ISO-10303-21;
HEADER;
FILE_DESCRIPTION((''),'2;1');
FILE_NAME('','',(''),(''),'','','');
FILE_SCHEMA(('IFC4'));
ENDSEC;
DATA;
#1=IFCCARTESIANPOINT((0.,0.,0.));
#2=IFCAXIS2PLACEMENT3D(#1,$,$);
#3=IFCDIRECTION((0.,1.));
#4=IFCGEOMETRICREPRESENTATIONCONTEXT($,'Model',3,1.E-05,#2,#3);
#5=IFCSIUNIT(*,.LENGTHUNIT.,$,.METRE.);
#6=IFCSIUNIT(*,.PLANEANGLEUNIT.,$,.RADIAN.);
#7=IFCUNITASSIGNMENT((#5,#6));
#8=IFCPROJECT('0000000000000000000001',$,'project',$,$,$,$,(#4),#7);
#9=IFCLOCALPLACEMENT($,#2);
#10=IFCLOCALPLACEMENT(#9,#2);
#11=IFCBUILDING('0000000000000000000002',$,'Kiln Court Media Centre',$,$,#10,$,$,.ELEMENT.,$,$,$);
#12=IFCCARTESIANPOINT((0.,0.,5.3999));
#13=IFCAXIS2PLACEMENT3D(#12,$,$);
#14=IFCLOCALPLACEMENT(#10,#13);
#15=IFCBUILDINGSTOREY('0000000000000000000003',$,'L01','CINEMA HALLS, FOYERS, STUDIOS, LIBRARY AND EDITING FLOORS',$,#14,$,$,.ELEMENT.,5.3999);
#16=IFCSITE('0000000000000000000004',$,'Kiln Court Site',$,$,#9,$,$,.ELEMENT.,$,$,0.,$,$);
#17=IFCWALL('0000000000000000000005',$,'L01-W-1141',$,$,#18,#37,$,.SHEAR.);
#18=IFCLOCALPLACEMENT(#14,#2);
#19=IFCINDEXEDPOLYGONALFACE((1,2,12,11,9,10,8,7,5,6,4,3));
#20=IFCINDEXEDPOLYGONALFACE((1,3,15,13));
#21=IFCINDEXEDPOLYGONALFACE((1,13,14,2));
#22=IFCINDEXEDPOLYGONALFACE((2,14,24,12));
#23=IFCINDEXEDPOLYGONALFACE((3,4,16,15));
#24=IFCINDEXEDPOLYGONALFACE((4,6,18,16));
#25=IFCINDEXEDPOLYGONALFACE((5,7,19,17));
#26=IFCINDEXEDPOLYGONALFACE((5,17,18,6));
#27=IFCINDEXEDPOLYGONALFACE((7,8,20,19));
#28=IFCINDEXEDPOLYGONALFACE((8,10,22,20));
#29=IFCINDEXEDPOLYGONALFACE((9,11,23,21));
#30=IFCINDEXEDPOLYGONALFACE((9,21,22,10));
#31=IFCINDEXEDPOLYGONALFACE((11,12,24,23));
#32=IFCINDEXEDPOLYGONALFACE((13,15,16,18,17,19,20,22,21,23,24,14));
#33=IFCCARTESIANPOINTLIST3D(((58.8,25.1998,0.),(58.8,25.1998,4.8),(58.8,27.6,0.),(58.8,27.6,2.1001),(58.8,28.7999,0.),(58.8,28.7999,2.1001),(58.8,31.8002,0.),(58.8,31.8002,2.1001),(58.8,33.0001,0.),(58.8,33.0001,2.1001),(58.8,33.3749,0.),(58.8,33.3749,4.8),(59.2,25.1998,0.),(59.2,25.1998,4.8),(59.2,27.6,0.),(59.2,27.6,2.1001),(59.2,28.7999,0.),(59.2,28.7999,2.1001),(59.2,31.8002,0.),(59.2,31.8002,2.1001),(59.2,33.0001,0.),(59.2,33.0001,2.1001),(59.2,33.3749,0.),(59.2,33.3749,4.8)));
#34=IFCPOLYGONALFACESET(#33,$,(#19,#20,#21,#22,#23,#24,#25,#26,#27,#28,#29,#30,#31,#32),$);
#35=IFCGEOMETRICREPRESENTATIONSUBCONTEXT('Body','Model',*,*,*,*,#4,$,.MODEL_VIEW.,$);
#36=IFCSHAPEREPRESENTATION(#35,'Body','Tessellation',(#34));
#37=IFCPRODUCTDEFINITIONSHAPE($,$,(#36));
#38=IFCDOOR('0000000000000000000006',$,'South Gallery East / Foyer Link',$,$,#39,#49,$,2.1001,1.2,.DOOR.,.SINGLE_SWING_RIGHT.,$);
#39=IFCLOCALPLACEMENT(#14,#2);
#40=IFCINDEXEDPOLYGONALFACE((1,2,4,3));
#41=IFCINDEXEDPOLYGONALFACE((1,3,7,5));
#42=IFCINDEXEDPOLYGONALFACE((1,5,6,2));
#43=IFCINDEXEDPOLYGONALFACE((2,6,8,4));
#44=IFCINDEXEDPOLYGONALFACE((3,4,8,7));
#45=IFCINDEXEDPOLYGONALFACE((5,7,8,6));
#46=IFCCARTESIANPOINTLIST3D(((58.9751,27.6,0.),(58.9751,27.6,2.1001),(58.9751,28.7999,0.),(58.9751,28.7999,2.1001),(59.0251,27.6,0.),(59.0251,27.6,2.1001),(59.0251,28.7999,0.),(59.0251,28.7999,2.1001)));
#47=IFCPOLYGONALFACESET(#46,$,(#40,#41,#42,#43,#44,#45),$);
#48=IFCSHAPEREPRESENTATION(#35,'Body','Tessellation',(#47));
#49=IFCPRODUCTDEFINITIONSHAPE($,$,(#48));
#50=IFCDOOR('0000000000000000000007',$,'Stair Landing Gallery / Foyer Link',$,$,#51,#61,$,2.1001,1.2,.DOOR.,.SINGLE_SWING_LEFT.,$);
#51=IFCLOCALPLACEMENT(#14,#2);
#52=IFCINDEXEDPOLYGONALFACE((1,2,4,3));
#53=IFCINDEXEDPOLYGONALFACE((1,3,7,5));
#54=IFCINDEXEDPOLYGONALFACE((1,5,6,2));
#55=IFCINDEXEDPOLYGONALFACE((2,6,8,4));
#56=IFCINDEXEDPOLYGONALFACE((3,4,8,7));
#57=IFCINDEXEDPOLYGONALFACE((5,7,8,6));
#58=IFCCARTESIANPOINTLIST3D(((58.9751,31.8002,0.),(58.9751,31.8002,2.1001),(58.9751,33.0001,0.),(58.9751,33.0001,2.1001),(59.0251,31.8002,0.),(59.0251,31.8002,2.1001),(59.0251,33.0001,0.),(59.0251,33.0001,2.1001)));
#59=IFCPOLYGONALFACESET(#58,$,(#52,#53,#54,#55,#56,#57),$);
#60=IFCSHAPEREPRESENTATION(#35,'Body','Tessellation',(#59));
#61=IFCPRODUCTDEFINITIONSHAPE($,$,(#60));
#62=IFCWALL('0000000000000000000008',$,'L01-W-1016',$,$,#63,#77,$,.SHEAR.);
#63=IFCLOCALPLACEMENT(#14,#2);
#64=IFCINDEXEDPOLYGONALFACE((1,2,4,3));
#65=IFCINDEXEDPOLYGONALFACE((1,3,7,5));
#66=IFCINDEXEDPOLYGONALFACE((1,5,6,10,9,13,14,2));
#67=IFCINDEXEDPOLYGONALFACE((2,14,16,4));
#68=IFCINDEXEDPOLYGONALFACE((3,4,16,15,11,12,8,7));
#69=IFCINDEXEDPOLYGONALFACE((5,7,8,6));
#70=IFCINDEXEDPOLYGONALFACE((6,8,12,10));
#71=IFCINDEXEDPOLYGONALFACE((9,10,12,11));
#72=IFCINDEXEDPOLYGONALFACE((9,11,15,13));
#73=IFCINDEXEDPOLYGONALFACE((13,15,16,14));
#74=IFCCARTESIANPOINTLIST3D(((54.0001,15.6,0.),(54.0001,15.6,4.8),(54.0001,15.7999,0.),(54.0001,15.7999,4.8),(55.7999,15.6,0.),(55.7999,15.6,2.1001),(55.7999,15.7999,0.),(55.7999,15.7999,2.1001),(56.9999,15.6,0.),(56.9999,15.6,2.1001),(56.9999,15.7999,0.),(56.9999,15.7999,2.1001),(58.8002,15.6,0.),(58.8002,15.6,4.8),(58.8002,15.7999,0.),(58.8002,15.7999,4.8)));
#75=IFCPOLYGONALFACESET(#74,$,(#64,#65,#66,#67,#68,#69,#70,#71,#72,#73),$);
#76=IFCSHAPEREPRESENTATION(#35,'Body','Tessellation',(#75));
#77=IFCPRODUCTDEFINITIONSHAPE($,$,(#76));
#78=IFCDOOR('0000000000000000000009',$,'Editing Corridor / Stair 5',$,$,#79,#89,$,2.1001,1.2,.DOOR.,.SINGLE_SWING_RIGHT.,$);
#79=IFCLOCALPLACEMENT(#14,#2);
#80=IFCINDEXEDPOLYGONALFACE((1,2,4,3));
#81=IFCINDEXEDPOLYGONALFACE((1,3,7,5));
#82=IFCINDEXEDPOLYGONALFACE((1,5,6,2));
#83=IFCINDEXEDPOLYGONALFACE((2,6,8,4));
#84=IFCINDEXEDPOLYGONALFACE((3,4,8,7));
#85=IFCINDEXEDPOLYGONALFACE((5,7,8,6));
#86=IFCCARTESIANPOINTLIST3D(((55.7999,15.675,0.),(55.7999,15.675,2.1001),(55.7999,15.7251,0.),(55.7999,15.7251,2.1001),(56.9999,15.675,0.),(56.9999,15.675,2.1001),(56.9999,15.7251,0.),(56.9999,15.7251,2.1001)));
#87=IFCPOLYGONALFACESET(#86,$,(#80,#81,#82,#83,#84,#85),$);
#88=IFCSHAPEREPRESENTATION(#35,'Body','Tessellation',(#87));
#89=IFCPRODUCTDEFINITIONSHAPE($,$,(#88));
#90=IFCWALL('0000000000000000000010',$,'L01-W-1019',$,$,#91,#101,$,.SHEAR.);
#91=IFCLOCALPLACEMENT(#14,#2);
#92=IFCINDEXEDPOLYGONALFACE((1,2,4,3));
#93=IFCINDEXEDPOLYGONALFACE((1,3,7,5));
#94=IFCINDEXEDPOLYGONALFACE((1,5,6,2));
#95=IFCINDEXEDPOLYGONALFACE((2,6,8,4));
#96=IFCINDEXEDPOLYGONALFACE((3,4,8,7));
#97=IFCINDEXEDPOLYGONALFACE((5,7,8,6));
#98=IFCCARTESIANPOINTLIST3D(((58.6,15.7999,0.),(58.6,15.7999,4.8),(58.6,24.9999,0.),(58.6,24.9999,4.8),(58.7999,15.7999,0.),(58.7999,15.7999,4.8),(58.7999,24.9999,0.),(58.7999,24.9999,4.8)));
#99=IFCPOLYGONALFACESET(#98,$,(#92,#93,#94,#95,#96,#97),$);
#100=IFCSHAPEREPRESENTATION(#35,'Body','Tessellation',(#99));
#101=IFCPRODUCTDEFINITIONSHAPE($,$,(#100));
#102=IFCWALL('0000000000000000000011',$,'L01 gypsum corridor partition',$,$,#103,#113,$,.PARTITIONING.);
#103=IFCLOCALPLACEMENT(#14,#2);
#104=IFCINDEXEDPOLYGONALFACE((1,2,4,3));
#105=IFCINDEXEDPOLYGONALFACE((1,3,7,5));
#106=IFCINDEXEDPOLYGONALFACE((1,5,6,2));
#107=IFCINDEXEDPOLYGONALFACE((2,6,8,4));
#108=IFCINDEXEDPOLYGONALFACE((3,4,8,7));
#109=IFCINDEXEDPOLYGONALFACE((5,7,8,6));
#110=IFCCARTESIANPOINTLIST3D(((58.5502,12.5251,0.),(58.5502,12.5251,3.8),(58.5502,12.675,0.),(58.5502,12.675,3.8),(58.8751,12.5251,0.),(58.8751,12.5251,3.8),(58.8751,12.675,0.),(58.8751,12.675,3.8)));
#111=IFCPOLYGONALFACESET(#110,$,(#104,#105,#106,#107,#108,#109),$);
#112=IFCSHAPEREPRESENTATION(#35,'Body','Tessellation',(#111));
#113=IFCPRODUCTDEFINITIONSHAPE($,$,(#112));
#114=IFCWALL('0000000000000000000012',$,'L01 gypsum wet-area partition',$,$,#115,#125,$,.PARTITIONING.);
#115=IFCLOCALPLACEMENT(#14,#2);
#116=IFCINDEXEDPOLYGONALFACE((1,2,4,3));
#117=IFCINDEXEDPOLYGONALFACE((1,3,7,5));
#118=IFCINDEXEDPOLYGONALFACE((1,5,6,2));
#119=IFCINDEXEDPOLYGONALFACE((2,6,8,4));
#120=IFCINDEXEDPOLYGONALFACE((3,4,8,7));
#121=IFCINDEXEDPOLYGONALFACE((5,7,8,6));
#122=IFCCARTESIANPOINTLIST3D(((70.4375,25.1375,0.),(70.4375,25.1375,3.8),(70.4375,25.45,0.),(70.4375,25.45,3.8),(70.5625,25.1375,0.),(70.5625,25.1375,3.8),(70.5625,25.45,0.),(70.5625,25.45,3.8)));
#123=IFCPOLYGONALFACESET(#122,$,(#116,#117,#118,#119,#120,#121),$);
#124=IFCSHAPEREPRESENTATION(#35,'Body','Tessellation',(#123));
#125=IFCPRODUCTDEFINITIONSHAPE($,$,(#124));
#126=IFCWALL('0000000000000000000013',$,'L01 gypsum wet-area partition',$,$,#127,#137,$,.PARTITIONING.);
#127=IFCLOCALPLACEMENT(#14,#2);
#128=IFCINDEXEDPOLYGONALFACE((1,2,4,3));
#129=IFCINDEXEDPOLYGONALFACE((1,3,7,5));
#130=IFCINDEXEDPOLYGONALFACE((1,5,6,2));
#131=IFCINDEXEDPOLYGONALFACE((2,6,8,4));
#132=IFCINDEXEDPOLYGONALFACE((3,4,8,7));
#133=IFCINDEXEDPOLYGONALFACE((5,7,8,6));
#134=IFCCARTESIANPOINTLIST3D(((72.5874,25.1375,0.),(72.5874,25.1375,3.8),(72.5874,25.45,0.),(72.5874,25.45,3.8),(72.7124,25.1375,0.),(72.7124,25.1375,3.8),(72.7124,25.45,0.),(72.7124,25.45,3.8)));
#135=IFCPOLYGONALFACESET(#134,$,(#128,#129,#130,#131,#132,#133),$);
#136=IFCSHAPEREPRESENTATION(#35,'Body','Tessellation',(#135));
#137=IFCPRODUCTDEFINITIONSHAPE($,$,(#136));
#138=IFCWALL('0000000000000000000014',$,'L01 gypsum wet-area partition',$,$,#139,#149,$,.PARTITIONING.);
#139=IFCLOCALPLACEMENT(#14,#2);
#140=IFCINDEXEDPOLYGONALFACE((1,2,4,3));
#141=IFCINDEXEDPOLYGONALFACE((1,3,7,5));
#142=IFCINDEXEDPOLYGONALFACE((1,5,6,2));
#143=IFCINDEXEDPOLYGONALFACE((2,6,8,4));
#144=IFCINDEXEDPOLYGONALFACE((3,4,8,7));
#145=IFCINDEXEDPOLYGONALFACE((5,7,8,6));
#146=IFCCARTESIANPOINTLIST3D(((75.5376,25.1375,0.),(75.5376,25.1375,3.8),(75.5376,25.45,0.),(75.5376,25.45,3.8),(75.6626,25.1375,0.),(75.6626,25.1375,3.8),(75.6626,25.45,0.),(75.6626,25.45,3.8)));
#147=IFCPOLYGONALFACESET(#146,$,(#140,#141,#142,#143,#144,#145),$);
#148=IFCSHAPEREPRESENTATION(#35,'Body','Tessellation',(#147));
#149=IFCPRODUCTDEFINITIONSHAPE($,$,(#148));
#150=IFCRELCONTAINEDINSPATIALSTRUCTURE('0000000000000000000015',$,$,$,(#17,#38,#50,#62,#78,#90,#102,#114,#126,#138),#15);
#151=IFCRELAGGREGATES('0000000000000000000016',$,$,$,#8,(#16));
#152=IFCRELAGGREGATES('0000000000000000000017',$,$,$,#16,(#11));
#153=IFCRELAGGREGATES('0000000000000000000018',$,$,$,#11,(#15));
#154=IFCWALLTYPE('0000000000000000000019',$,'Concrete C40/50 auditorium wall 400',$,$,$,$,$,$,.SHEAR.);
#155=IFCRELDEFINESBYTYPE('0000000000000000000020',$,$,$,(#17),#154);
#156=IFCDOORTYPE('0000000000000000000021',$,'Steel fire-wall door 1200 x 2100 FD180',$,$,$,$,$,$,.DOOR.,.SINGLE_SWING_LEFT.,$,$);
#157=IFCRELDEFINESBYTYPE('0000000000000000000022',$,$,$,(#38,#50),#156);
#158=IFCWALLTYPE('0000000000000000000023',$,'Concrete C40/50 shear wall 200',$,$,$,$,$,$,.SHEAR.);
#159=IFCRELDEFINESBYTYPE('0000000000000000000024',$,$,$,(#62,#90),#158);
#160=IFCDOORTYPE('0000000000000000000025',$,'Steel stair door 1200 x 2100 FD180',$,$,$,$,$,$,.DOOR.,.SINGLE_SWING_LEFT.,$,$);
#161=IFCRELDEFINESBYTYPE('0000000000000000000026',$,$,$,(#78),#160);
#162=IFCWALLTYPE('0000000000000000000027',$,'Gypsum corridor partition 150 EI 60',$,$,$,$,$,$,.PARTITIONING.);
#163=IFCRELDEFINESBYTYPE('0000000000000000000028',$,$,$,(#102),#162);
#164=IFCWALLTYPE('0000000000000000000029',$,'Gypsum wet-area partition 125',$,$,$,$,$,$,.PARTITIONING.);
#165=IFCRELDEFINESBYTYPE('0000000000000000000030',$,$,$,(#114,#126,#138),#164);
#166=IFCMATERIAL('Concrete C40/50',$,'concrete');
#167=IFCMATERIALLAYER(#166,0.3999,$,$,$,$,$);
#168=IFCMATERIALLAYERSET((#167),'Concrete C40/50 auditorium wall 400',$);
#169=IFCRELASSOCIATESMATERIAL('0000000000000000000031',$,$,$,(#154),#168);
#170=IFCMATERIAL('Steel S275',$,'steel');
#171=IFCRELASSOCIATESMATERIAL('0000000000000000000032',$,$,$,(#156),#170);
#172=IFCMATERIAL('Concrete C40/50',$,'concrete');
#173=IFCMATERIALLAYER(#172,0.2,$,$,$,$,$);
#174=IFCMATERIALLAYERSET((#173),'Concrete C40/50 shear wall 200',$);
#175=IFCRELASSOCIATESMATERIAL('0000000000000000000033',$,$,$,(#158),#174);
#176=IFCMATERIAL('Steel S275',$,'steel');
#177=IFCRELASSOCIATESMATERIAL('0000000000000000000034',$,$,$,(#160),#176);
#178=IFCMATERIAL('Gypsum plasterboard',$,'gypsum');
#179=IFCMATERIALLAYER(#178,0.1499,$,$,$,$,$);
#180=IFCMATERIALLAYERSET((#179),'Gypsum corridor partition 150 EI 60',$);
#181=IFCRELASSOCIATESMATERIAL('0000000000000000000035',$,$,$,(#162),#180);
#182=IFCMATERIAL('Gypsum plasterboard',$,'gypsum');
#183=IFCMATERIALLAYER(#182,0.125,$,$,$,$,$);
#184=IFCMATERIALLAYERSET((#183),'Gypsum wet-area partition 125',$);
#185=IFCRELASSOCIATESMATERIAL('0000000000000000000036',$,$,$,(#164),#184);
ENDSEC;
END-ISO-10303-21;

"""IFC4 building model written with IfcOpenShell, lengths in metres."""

from ifc_helpers import new_model, si_unit, direction, frame, frame_2d, origin, place, context, subcontext, project, spatial, rectangle, extrude, material, layer, layer_set, type_object, element, fill, save


model = new_model("IFC4")

# Units and contexts
model_context = context("Model", 3, precision=1e-05, world=origin(), true_north=direction((0.0, 1.0)))
body_context = subcontext(model_context, "Body", "Model", "MODEL_VIEW")
ifc_project = project(units=[si_unit("LENGTHUNIT", "METRE"), si_unit("PLANEANGLEUNIT", "RADIAN")], contexts=[model_context])

# Site, building, storey
site_placement = place(None, origin())
site = spatial("IfcSite", under=ifc_project, at=site_placement, Name="Kiln Court Site", CompositionType="ELEMENT", RefElevation=0.0)
building_placement = place(site_placement, origin())
building = spatial("IfcBuilding", under=site, at=building_placement, Name="Kiln Court Media Centre", CompositionType="ELEMENT")
storey_placement = place(building_placement, frame((0.0, 0.0, 5.3999)))
storey = spatial("IfcBuildingStorey", under=building, at=storey_placement, Name="L01", Description="CINEMA HALLS, FOYERS, STUDIOS, LIBRARY AND EDITING FLOORS", CompositionType="ELEMENT", Elevation=5.3999)

# Wall, openings, doors
ifc_material_1 = material(Name="Concrete C40/50", Category="concrete")
ifc_layer_1 = layer(ifc_material_1, 0.3999)
ifc_layer_set_1 = layer_set([ifc_layer_1], Name="Concrete C40/50 auditorium wall 400")
wall_type_1 = type_object("IfcWallType", Name="Concrete C40/50 auditorium wall 400", PredefinedType="SHEAR", material=ifc_layer_set_1)
wall_1_placement = place(storey_placement, frame((59.0, 25.2, 0.0), z_axis=(0.0, 0.0, 1.0), x_axis=(0.0, 1.0, 0.0)))
wall_1 = element("IfcWall", 1, at=wall_1_placement, inside=storey, type_object=wall_type_1, Name="L01-W-1141", PredefinedType="SHEAR", context=body_context, shape_type="SweptSolid", body=[
    extrude(rectangle(XDim=8.175, YDim=0.3999, at=frame_2d((4.0874, 0.0))), origin(), (0.0, 0.0, 1.0), 4.8),
])
opening_1_placement = place(wall_1_placement, frame((2.3999, 0.0, 0.0)))
opening_1 = element("IfcOpeningElement", 2, at=opening_1_placement, cuts=wall_1, PredefinedType="OPENING", context=body_context, shape_type="SweptSolid", body=[
    extrude(rectangle(XDim=1.2, YDim=2.1001, at=frame_2d((0.6001, 1.05))), frame((0.0, 0.21, 0.0), z_axis=(0.0, -1.0, 0.0), x_axis=(1.0, 0.0, 0.0)), (0.0, 0.0, 1.0), 0.4199),
])
opening_2_placement = place(wall_1_placement, frame((6.6001, 0.0, 0.0)))
opening_2 = element("IfcOpeningElement", 3, at=opening_2_placement, cuts=wall_1, PredefinedType="OPENING", context=body_context, shape_type="SweptSolid", body=[
    extrude(rectangle(XDim=1.2, YDim=2.1001, at=frame_2d((0.6001, 1.05))), frame((0.0, 0.21, 0.0), z_axis=(0.0, -1.0, 0.0), x_axis=(1.0, 0.0, 0.0)), (0.0, 0.0, 1.0), 0.4199),
])
ifc_material_2 = material(Name="Steel S275", Category="steel")
door_type_1 = type_object("IfcDoorType", Name="Steel fire-wall door 1200 x 2100 FD180", OperationType="SINGLE_SWING_LEFT", PredefinedType="DOOR", material=ifc_material_2)
door_1_placement = place(opening_1_placement, origin())
door_1 = element("IfcDoor", 4, at=door_1_placement, inside=storey, type_object=door_type_1, Name="South Gallery East / Foyer Link", OperationType="SINGLE_SWING_RIGHT", OverallHeight=2.1001, OverallWidth=1.2, PredefinedType="DOOR", context=body_context, shape_type="SweptSolid", body=[
    extrude(rectangle(XDim=1.2, YDim=2.1001, at=frame_2d((0.6001, 1.05))), frame((0.0, 0.0249, 0.0), z_axis=(0.0, -1.0, 0.0), x_axis=(1.0, 0.0, 0.0)), (0.0, 0.0, 1.0), 0.05),
])
fill(opening_1, door_1)
door_2_placement = place(opening_2_placement, origin())
door_2 = element("IfcDoor", 5, at=door_2_placement, inside=storey, type_object=door_type_1, Name="Stair Landing Gallery / Foyer Link", OperationType="SINGLE_SWING_LEFT", OverallHeight=2.1001, OverallWidth=1.2, PredefinedType="DOOR", context=body_context, shape_type="SweptSolid", body=[
    extrude(rectangle(XDim=1.2, YDim=2.1001, at=frame_2d((0.6001, 1.05))), frame((0.0, 0.0249, 0.0), z_axis=(0.0, -1.0, 0.0), x_axis=(1.0, 0.0, 0.0)), (0.0, 0.0, 1.0), 0.05),
])
fill(opening_2, door_2)

# Wall, opening, door
ifc_material_3 = material(Name="Concrete C40/50", Category="concrete")
ifc_layer_2 = layer(ifc_material_3, 0.2)
ifc_layer_set_2 = layer_set([ifc_layer_2], Name="Concrete C40/50 shear wall 200")
wall_type_2 = type_object("IfcWallType", Name="Concrete C40/50 shear wall 200", PredefinedType="SHEAR", material=ifc_layer_set_2)
wall_2_placement = place(storey_placement, frame((58.8, 15.7, 0.0), z_axis=(0.0, 0.0, 1.0), x_axis=(-1.0, 0.0, 0.0)))
wall_2 = element("IfcWall", 6, at=wall_2_placement, inside=storey, type_object=wall_type_2, Name="L01-W-1016", PredefinedType="SHEAR", context=body_context, shape_type="SweptSolid", body=[
    extrude(rectangle(XDim=4.8, YDim=0.2, at=frame_2d((2.3999, 0.0))), origin(), (0.0, 0.0, 1.0), 4.8),
])
opening_3_placement = place(wall_2_placement, frame((1.8, 0.0, 0.0)))
opening_3 = element("IfcOpeningElement", 7, at=opening_3_placement, cuts=wall_2, PredefinedType="OPENING", context=body_context, shape_type="SweptSolid", body=[
    extrude(rectangle(XDim=1.2, YDim=2.1001, at=frame_2d((0.6001, 1.05))), frame((0.0, 0.1099, 0.0), z_axis=(0.0, -1.0, 0.0), x_axis=(1.0, 0.0, 0.0)), (0.0, 0.0, 1.0), 0.22),
])
ifc_material_4 = material(Name="Steel S275", Category="steel")
door_type_2 = type_object("IfcDoorType", Name="Steel stair door 1200 x 2100 FD180", OperationType="SINGLE_SWING_LEFT", PredefinedType="DOOR", material=ifc_material_4)
door_3_placement = place(opening_3_placement, origin())
door_3 = element("IfcDoor", 8, at=door_3_placement, inside=storey, type_object=door_type_2, Name="Editing Corridor / Stair 5", OperationType="SINGLE_SWING_RIGHT", OverallHeight=2.1001, OverallWidth=1.2, PredefinedType="DOOR", context=body_context, shape_type="SweptSolid", body=[
    extrude(rectangle(XDim=1.2, YDim=2.1001, at=frame_2d((0.6001, 1.05))), frame((0.0, 0.0249, 0.0), z_axis=(0.0, -1.0, 0.0), x_axis=(1.0, 0.0, 0.0)), (0.0, 0.0, 1.0), 0.05),
])
fill(opening_3, door_3)

# Walls
wall_3_placement = place(storey_placement, frame((58.7, 25.0, 0.0), z_axis=(0.0, 0.0, 1.0), x_axis=(0.0, -1.0, 0.0)))
element("IfcWall", 9, at=wall_3_placement, inside=storey, type_object=wall_type_2, Name="L01-W-1019", PredefinedType="SHEAR", context=body_context, shape_type="SweptSolid", body=[
    extrude(rectangle(XDim=9.2, YDim=0.2, at=frame_2d((4.6001, 0.0))), origin(), (0.0, 0.0, 1.0), 4.8),
])
ifc_material_5 = material(Name="Gypsum plasterboard", Category="gypsum")
ifc_layer_3 = layer(ifc_material_5, 0.1499)
ifc_layer_set_3 = layer_set([ifc_layer_3], Name="Gypsum corridor partition 150 EI 60")
wall_type_3 = type_object("IfcWallType", Name="Gypsum corridor partition 150 EI 60", PredefinedType="PARTITIONING", material=ifc_layer_set_3)
wall_4_placement = place(storey_placement, frame((58.55, 12.6001, 0.0), z_axis=(0.0, 0.0, 1.0), x_axis=(1.0, 0.0, 0.0)))
element("IfcWall", 10, at=wall_4_placement, inside=storey, type_object=wall_type_3, Name="L01 gypsum corridor partition", PredefinedType="PARTITIONING", context=body_context, shape_type="SweptSolid", body=[
    extrude(rectangle(XDim=0.325, YDim=0.1499, at=frame_2d((0.1626, 0.0))), origin(), (0.0, 0.0, 1.0), 3.8),
])
ifc_material_6 = material(Name="Gypsum plasterboard", Category="gypsum")
ifc_layer_4 = layer(ifc_material_6, 0.125)
ifc_layer_set_4 = layer_set([ifc_layer_4], Name="Gypsum wet-area partition 125")
wall_type_4 = type_object("IfcWallType", Name="Gypsum wet-area partition 125", PredefinedType="PARTITIONING", material=ifc_layer_set_4)
for number, where, z_axis, x_axis, name in (
    (11, (70.5, 25.1375, 0.0), (0.0, 0.0, 1.0), (0.0, 1.0, 0.0), "L01 gypsum wet-area partition"),
    (12, (72.6499, 25.1375, 0.0), (0.0, 0.0, 1.0), (0.0, 1.0, 0.0), "L01 gypsum wet-area partition"),
    (13, (75.6001, 25.1375, 0.0), (0.0, 0.0, 1.0), (0.0, 1.0, 0.0), "L01 gypsum wet-area partition"),
):
    element("IfcWall", number, at=place(storey_placement, frame(where, z_axis=z_axis, x_axis=x_axis)), inside=storey, type_object=wall_type_4, Name=name, PredefinedType="PARTITIONING", context=body_context, shape_type="SweptSolid", body=[
        extrude(rectangle(XDim=0.3125, YDim=0.125, at=frame_2d((0.1562, 0.0))), origin(), (0.0, 0.0, 1.0), 3.8),
    ])

save(model, "model.ifc")
